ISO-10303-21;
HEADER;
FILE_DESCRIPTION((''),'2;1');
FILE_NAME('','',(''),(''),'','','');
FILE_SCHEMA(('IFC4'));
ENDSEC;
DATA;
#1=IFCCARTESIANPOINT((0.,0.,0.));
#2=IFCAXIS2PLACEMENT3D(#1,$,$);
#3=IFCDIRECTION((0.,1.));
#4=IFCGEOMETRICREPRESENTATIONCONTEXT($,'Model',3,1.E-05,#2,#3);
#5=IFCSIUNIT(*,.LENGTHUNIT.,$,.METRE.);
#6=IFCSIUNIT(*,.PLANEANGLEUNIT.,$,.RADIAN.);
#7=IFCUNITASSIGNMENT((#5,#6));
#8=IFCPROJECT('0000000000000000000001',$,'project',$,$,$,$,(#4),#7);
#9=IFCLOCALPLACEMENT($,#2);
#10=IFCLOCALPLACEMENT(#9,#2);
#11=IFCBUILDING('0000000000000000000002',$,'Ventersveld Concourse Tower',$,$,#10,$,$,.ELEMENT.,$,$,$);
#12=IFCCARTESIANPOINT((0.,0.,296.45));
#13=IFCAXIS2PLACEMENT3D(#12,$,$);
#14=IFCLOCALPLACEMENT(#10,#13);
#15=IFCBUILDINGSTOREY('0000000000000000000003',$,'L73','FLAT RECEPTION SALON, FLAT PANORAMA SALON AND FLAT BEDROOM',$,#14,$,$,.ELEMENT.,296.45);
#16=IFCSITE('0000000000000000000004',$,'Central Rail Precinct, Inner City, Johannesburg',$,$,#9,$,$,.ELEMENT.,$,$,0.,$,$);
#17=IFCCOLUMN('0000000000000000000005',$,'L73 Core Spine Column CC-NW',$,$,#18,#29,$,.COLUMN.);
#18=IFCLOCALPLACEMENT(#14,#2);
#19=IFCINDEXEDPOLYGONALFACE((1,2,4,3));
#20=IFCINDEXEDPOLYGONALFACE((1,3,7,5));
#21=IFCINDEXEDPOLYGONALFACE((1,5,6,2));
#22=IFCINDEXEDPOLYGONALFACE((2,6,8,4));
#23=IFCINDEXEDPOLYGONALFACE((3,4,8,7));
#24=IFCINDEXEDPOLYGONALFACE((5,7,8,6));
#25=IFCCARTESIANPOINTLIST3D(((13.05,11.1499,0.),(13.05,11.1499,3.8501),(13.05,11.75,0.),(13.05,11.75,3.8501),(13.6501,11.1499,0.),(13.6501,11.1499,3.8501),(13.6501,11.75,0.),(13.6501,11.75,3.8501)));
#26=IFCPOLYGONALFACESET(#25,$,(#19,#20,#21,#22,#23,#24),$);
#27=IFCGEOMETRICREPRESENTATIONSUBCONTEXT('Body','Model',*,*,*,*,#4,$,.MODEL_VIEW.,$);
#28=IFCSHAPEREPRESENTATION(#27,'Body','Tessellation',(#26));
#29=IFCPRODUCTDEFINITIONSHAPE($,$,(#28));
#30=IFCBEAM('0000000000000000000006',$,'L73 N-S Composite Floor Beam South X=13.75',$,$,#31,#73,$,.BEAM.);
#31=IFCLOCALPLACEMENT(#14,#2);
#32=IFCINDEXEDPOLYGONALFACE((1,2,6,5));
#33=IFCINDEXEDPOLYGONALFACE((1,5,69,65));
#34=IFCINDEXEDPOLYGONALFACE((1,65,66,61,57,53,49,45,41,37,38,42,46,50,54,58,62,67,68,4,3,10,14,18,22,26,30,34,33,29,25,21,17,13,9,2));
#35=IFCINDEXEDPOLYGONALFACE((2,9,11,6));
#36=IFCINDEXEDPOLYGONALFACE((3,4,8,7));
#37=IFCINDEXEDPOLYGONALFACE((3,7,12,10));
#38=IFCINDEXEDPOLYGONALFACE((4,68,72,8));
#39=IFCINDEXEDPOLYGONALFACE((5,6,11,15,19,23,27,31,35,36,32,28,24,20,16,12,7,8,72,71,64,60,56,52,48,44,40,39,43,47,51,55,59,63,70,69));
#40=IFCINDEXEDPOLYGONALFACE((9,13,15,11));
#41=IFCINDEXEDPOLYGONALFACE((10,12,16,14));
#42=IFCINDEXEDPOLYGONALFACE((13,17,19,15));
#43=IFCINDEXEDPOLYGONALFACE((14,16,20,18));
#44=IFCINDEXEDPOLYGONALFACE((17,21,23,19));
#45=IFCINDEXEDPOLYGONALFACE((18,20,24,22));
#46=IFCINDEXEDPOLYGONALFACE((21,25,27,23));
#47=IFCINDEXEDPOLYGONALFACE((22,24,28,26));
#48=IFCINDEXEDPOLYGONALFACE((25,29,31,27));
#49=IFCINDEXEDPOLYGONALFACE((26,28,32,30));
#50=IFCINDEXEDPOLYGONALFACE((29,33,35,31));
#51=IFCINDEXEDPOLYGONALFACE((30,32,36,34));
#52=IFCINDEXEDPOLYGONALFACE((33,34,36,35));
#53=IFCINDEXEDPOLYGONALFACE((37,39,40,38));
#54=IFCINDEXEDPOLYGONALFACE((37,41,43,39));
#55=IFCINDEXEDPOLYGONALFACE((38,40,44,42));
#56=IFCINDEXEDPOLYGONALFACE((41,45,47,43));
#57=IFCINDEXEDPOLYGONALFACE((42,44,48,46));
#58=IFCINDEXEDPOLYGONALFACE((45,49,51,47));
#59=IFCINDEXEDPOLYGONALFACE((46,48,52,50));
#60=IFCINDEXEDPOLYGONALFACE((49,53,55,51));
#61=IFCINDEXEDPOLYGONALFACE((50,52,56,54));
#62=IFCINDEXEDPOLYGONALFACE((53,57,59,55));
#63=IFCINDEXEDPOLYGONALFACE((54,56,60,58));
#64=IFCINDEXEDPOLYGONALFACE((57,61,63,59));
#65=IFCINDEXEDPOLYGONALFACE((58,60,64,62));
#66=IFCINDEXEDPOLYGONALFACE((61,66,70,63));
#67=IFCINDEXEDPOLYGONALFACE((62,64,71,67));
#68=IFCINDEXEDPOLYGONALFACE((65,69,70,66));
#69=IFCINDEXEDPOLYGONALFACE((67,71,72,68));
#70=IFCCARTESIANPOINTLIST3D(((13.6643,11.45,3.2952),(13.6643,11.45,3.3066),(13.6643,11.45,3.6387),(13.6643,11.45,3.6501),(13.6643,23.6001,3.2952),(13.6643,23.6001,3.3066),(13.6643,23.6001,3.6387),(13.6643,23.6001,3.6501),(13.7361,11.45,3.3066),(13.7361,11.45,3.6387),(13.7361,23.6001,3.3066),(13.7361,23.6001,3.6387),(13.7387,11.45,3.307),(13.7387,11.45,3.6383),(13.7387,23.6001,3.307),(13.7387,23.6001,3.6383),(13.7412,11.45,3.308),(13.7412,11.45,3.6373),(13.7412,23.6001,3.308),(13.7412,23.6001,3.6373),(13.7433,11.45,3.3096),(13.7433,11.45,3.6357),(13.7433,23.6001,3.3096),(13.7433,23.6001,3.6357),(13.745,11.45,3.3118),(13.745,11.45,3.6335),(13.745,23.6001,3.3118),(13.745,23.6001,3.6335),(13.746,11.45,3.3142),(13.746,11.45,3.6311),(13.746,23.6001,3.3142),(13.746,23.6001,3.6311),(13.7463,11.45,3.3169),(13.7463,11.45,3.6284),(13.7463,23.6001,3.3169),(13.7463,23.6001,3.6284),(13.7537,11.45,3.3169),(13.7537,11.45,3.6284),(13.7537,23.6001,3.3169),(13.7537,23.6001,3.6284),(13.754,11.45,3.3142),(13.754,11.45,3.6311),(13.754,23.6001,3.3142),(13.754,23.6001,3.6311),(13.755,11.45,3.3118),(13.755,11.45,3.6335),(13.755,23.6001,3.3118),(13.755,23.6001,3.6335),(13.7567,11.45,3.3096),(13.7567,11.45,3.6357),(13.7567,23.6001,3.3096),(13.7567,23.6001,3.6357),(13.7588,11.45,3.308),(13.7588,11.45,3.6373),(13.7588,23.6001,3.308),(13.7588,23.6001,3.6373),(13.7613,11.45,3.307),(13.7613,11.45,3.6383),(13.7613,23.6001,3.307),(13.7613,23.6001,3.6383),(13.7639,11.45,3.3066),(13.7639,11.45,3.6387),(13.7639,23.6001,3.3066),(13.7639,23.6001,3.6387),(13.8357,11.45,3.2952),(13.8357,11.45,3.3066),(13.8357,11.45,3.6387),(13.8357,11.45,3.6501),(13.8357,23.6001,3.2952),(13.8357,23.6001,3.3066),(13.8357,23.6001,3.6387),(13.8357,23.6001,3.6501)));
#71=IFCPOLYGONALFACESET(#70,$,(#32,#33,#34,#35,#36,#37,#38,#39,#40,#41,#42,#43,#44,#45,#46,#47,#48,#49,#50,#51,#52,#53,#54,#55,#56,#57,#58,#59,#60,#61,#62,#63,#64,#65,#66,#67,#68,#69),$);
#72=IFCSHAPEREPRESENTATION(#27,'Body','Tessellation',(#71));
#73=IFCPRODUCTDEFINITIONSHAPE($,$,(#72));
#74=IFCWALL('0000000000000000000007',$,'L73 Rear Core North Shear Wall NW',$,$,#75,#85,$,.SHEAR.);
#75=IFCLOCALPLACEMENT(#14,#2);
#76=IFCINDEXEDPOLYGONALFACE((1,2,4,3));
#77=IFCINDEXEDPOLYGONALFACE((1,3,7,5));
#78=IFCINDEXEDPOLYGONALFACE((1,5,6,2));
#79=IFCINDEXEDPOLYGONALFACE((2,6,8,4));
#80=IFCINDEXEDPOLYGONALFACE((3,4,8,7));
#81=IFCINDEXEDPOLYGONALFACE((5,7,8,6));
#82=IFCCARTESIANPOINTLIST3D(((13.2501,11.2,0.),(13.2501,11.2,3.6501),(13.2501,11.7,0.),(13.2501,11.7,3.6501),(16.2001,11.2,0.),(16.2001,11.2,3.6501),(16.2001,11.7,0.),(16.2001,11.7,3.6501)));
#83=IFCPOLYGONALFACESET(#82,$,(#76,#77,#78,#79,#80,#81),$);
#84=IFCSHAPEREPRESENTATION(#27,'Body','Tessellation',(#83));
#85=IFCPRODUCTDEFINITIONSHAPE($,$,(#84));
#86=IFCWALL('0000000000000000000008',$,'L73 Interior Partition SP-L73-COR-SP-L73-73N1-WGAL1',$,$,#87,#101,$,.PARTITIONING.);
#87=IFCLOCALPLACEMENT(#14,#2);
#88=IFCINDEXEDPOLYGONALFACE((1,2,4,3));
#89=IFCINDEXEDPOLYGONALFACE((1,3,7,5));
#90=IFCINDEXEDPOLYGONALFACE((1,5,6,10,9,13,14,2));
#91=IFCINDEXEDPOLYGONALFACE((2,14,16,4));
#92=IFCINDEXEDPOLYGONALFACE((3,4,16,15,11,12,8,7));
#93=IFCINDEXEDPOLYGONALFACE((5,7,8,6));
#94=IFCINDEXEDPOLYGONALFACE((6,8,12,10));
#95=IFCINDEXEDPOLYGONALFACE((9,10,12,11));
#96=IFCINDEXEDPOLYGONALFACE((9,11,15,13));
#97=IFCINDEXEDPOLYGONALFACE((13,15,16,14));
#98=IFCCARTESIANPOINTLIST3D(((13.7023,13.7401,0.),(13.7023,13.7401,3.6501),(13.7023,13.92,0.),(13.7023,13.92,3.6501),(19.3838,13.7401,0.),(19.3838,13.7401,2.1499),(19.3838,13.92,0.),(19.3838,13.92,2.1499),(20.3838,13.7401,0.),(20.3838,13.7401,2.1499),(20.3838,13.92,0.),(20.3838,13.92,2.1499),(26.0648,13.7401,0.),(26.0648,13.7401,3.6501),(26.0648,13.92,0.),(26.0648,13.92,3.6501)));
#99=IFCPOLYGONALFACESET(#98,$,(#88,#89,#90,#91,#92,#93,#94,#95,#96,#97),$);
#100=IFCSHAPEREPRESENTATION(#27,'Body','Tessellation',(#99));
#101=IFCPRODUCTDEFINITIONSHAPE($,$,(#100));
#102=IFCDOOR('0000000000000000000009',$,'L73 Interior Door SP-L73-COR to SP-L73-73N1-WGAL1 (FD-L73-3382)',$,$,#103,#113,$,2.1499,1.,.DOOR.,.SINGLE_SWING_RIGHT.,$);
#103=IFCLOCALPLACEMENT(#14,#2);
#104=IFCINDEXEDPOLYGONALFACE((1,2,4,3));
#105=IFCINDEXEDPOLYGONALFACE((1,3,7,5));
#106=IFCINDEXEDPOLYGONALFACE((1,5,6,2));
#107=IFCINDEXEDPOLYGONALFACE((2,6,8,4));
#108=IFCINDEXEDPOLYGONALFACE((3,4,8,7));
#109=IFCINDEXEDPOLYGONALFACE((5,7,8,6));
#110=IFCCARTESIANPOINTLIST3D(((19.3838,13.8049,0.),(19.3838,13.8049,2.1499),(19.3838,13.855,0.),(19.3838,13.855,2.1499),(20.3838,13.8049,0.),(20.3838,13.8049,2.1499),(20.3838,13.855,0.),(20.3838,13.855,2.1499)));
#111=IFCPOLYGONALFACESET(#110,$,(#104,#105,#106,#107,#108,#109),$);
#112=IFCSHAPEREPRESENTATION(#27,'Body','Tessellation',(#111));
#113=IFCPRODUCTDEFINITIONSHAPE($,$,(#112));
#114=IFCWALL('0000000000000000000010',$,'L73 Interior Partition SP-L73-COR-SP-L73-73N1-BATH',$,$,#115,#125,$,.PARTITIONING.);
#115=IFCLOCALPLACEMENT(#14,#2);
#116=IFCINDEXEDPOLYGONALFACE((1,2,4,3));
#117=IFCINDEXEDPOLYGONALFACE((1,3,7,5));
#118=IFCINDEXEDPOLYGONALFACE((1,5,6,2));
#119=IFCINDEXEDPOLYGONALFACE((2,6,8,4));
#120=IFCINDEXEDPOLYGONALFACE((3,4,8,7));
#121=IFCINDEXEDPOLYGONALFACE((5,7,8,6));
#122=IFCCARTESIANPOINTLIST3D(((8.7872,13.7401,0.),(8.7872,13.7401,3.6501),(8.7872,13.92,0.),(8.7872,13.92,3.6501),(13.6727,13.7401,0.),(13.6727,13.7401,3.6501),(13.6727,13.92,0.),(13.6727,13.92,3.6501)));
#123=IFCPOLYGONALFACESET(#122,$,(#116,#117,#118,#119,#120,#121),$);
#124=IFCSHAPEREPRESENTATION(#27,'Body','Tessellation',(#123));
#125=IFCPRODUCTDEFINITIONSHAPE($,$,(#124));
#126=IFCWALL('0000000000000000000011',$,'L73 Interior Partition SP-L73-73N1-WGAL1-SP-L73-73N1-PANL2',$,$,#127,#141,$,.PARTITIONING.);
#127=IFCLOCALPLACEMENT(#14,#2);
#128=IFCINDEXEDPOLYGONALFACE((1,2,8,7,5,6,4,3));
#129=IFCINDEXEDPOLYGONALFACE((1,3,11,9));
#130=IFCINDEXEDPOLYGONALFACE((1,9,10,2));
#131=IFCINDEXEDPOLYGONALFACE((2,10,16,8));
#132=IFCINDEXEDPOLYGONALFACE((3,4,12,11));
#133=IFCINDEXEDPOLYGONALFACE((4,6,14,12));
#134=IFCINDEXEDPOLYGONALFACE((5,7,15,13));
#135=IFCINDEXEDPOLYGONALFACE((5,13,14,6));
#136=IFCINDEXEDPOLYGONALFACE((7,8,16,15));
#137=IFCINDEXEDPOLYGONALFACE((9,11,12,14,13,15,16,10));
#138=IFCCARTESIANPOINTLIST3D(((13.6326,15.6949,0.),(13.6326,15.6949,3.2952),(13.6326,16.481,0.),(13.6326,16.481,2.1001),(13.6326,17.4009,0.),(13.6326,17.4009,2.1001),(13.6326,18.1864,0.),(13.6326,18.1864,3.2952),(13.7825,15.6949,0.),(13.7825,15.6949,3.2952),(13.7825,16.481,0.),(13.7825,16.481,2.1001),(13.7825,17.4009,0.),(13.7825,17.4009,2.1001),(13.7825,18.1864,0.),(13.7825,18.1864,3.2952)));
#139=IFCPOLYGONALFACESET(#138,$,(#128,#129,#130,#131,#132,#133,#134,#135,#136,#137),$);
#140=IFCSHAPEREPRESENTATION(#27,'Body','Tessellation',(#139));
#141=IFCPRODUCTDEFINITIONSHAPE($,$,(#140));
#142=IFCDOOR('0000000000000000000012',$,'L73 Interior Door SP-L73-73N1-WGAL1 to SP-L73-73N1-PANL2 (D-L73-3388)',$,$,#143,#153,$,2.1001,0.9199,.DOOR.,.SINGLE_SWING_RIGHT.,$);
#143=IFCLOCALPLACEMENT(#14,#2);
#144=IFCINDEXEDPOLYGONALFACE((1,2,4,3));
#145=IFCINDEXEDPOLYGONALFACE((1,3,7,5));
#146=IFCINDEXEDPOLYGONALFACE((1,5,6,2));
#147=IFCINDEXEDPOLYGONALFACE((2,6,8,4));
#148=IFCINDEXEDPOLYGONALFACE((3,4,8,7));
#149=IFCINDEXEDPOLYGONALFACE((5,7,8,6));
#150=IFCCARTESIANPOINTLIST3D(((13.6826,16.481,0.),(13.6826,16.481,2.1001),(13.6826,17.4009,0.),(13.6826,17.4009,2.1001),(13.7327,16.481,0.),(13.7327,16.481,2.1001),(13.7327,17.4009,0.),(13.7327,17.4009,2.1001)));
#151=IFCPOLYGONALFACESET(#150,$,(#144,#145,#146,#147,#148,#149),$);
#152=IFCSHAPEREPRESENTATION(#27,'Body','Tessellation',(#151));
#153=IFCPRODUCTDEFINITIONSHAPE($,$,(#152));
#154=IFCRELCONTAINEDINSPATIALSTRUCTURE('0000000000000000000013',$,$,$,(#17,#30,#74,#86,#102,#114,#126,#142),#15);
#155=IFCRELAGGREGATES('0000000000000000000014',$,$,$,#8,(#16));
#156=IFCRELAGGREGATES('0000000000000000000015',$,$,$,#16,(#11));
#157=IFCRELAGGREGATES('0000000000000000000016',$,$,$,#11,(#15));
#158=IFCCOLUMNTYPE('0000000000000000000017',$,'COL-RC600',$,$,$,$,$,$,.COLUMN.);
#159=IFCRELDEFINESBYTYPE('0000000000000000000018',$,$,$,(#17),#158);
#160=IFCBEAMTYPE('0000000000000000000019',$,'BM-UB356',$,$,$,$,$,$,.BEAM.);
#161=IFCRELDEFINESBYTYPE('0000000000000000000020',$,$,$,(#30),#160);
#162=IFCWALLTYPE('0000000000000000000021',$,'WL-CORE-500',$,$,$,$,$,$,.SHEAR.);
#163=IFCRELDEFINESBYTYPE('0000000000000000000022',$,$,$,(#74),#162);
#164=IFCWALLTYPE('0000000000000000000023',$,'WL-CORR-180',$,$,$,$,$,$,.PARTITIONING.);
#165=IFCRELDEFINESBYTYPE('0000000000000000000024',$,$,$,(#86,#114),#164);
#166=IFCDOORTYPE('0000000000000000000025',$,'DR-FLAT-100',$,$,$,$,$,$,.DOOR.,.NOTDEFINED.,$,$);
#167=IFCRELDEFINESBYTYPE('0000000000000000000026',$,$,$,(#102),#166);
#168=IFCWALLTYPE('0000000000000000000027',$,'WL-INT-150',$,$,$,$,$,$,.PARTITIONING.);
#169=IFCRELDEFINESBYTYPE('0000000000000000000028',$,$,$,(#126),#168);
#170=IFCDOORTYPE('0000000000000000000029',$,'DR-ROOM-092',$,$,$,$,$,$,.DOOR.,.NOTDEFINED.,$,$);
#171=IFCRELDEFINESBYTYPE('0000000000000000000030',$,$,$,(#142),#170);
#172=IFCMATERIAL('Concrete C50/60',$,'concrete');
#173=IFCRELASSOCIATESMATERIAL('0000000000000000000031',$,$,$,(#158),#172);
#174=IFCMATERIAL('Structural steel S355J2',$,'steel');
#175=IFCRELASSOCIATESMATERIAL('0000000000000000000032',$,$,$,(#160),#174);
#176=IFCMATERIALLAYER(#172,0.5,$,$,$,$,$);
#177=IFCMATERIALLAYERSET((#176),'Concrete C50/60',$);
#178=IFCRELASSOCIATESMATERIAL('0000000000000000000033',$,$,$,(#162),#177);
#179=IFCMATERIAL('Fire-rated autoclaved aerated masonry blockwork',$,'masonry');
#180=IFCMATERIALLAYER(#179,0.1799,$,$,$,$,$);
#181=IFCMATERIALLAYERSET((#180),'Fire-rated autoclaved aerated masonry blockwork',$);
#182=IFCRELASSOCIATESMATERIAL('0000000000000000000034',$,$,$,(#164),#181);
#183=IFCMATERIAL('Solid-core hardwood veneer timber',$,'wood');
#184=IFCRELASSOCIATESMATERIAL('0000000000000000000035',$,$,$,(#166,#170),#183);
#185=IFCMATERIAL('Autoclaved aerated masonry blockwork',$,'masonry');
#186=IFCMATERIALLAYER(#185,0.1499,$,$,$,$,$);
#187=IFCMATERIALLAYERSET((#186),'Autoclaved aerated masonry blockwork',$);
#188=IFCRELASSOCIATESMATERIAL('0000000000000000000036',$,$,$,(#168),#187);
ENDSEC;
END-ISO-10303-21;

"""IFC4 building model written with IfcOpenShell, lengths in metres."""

from ifc_helpers import new_model, si_unit, direction, frame, frame_2d, origin, origin_2d, place, context, subcontext, project, spatial, rectangle, i_section, extrude, material, layer, layer_set, material_profile, profile_set, type_object, element, fill, save


model = new_model("IFC4")

# Units and contexts
model_context = context("Model", 3, precision=1e-05, world=origin(), true_north=direction((0.0, 1.0)))
body_context = subcontext(model_context, "Body", "Model", "MODEL_VIEW")
ifc_project = project(units=[si_unit("LENGTHUNIT", "METRE"), si_unit("PLANEANGLEUNIT", "RADIAN")], contexts=[model_context])

# Site, building, storey
site_placement = place(None, origin())
site = spatial("IfcSite", under=ifc_project, at=site_placement, Name="Central Rail Precinct, Inner City, Johannesburg", CompositionType="ELEMENT", RefElevation=0.0)
building_placement = place(site_placement, origin())
building = spatial("IfcBuilding", under=site, at=building_placement, Name="Ventersveld Concourse Tower", CompositionType="ELEMENT")
storey_placement = place(building_placement, frame((0.0, 0.0, 296.45)))
storey = spatial("IfcBuildingStorey", under=building, at=storey_placement, Name="L73", Description="FLAT RECEPTION SALON, FLAT PANORAMA SALON AND FLAT BEDROOM", CompositionType="ELEMENT", Elevation=296.45)

# Column
ifc_material_1 = material(Name="Concrete C50/60", Category="concrete")
ifc_material_profile_1 = material_profile(ifc_material_1, rectangle(XDim=0.6001, YDim=0.6001, at=origin_2d()), Name="RC 600x600")
ifc_profile_set_1 = profile_set([ifc_material_profile_1], Name="Concrete C50/60")
column_type = type_object("IfcColumnType", Name="COL-RC600", PredefinedType="COLUMN", material=ifc_profile_set_1)
column_placement = place(storey_placement, frame((13.3501, 11.45, 0.0), z_axis=(0.0, 0.0, 1.0), x_axis=(1.0, 0.0, 0.0)))
element("IfcColumn", 1, at=column_placement, inside=storey, type_object=column_type, Name="L73 Core Spine Column CC-NW", PredefinedType="COLUMN", context=body_context, shape_type="SweptSolid", body=[
    extrude(rectangle(XDim=0.6001, YDim=0.6001, at=origin_2d()), origin(), (0.0, 0.0, 1.0), 3.8501),
])

# Beam
ifc_material_2 = material(Name="Structural steel S355J2", Category="steel")
ifc_material_profile_2 = material_profile(ifc_material_2, i_section(OverallWidth=0.1714, OverallDepth=0.355, WebThickness=0.0073, FlangeThickness=0.0115, FilletRadius=0.0103, at=origin_2d()), Name="UB 356x171x51")
ifc_profile_set_2 = profile_set([ifc_material_profile_2], Name="Structural steel S355J2")
beam_type = type_object("IfcBeamType", Name="BM-UB356", PredefinedType="BEAM", material=ifc_profile_set_2)
beam_placement = place(storey_placement, frame((13.75, 11.45, 3.4727), z_axis=(0.0, 1.0, 0.0), x_axis=(-1.0, 0.0, 0.0)))
element("IfcBeam", 2, at=beam_placement, inside=storey, type_object=beam_type, Name="L73 N-S Composite Floor Beam South X=13.75", PredefinedType="BEAM", context=body_context, shape_type="SweptSolid", body=[
    extrude(i_section(OverallWidth=0.1714, OverallDepth=0.355, WebThickness=0.0073, FlangeThickness=0.0115, FilletRadius=0.0103, at=origin_2d()), origin(), (0.0, 0.0, 1.0), 12.1501),
])

# Wall
ifc_layer_1 = layer(ifc_material_1, 0.5)
ifc_layer_set_1 = layer_set([ifc_layer_1], Name="Concrete C50/60")
wall_type_1 = type_object("IfcWallType", Name="WL-CORE-500", PredefinedType="SHEAR", material=ifc_layer_set_1)
wall_1_placement = place(storey_placement, frame((13.25, 11.45, 0.0), z_axis=(0.0, 0.0, 1.0), x_axis=(1.0, 0.0, 0.0)))
element("IfcWall", 3, at=wall_1_placement, inside=storey, type_object=wall_type_1, Name="L73 Rear Core North Shear Wall NW", PredefinedType="SHEAR", context=body_context, shape_type="SweptSolid", body=[
    extrude(rectangle(XDim=2.95, YDim=0.5, at=frame_2d((1.4751, 0.0))), origin(), (0.0, 0.0, 1.0), 3.6501),
])

# Wall, opening, door
ifc_material_3 = material(Name="Fire-rated autoclaved aerated masonry blockwork", Category="masonry")
ifc_layer_2 = layer(ifc_material_3, 0.1799)
ifc_layer_set_2 = layer_set([ifc_layer_2], Name="Fire-rated autoclaved aerated masonry blockwork")
wall_type_2 = type_object("IfcWallType", Name="WL-CORR-180", PredefinedType="PARTITIONING", material=ifc_layer_set_2)
ifc_material_4 = material(Name="Solid-core hardwood veneer timber", Category="wood")
door_type_1 = type_object("IfcDoorType", Name="DR-FLAT-100", OperationType="NOTDEFINED", PredefinedType="DOOR", material=ifc_material_4)
wall_2_placement = place(storey_placement, frame((13.7024, 13.8301, 0.0), z_axis=(0.0, 0.0, 1.0), x_axis=(1.0, 0.0, 0.0)))
wall_2 = element("IfcWall", 4, at=wall_2_placement, inside=storey, type_object=wall_type_2, Name="L73 Interior Partition SP-L73-COR-SP-L73-73N1-WGAL1", PredefinedType="PARTITIONING", context=body_context, shape_type="SweptSolid", body=[
    extrude(rectangle(XDim=12.3625, YDim=0.1799, at=frame_2d((6.1812, 0.0))), origin(), (0.0, 0.0, 1.0), 3.6501),
])
opening_1_placement = place(wall_2_placement, frame((5.6814, 0.0, 0.0)))
opening_1 = element("IfcOpeningElement", 5, at=opening_1_placement, cuts=wall_2, PredefinedType="OPENING", context=body_context, shape_type="SweptSolid", body=[
    extrude(rectangle(XDim=1.0, YDim=2.1499, at=frame_2d((0.5, 1.075))), frame((0.0, 0.1001, 0.0), z_axis=(0.0, -1.0, 0.0), x_axis=(1.0, 0.0, 0.0)), (0.0, 0.0, 1.0), 0.2),
])
door_1_placement = place(opening_1_placement, origin())
door_1 = element("IfcDoor", 6, at=door_1_placement, inside=storey, type_object=door_type_1, Name="L73 Interior Door SP-L73-COR to SP-L73-73N1-WGAL1 (FD-L73-3382)", OperationType="SINGLE_SWING_RIGHT", OverallHeight=2.1499, OverallWidth=1.0, PredefinedType="DOOR", context=body_context, shape_type="SweptSolid", body=[
    extrude(rectangle(XDim=1.0, YDim=2.1499, at=frame_2d((0.5, 1.075))), frame((0.0, 0.0249, 0.0), z_axis=(0.0, -1.0, 0.0), x_axis=(1.0, 0.0, 0.0)), (0.0, 0.0, 1.0), 0.05),
])
fill(opening_1, door_1)

# Wall
wall_3_placement = place(storey_placement, frame((8.7871, 13.8301, 0.0), z_axis=(0.0, 0.0, 1.0), x_axis=(1.0, 0.0, 0.0)))
element("IfcWall", 7, at=wall_3_placement, inside=storey, type_object=wall_type_2, Name="L73 Interior Partition SP-L73-COR-SP-L73-73N1-BATH", PredefinedType="PARTITIONING", context=body_context, shape_type="SweptSolid", body=[
    extrude(rectangle(XDim=4.8855, YDim=0.1799, at=frame_2d((2.4429, 0.0))), origin(), (0.0, 0.0, 1.0), 3.6501),
])

# Wall, opening, door
ifc_material_5 = material(Name="Autoclaved aerated masonry blockwork", Category="masonry")
ifc_layer_3 = layer(ifc_material_5, 0.1499)
ifc_layer_set_3 = layer_set([ifc_layer_3], Name="Autoclaved aerated masonry blockwork")
wall_type_3 = type_object("IfcWallType", Name="WL-INT-150", PredefinedType="PARTITIONING", material=ifc_layer_set_3)
wall_4_placement = place(storey_placement, frame((13.7075, 15.6951, 0.0), z_axis=(0.0, 0.0, 1.0), x_axis=(0.0, 1.0, 0.0)))
wall_4 = element("IfcWall", 8, at=wall_4_placement, inside=storey, type_object=wall_type_3, Name="L73 Interior Partition SP-L73-73N1-WGAL1-SP-L73-73N1-PANL2", PredefinedType="PARTITIONING", context=body_context, shape_type="SweptSolid", body=[
    extrude(rectangle(XDim=2.4915, YDim=0.1499, at=frame_2d((1.2456, 0.0))), origin(), (0.0, 0.0, 1.0), 3.2952),
])
opening_2_placement = place(wall_4_placement, frame((0.7859, 0.0, 0.0)))
opening_2 = element("IfcOpeningElement", 9, at=opening_2_placement, cuts=wall_4, PredefinedType="OPENING", context=body_context, shape_type="SweptSolid", body=[
    extrude(rectangle(XDim=0.9199, YDim=2.1001, at=frame_2d((0.46, 1.05))), frame((0.0, 0.085, 0.0), z_axis=(0.0, -1.0, 0.0), x_axis=(1.0, 0.0, 0.0)), (0.0, 0.0, 1.0), 0.1699),
])
door_type_2 = type_object("IfcDoorType", Name="DR-ROOM-092", OperationType="NOTDEFINED", PredefinedType="DOOR", material=ifc_material_4)
door_2_placement = place(opening_2_placement, origin())
door_2 = element("IfcDoor", 10, at=door_2_placement, inside=storey, type_object=door_type_2, Name="L73 Interior Door SP-L73-73N1-WGAL1 to SP-L73-73N1-PANL2 (D-L73-3388)", OperationType="SINGLE_SWING_RIGHT", OverallHeight=2.1001, OverallWidth=0.9199, PredefinedType="DOOR", context=body_context, shape_type="SweptSolid", body=[
    extrude(rectangle(XDim=0.9199, YDim=2.1001, at=frame_2d((0.46, 1.05))), frame((0.0, 0.0249, 0.0), z_axis=(0.0, -1.0, 0.0), x_axis=(1.0, 0.0, 0.0)), (0.0, 0.0, 1.0), 0.05),
])
fill(opening_2, door_2)

save(model, "model.ifc")
